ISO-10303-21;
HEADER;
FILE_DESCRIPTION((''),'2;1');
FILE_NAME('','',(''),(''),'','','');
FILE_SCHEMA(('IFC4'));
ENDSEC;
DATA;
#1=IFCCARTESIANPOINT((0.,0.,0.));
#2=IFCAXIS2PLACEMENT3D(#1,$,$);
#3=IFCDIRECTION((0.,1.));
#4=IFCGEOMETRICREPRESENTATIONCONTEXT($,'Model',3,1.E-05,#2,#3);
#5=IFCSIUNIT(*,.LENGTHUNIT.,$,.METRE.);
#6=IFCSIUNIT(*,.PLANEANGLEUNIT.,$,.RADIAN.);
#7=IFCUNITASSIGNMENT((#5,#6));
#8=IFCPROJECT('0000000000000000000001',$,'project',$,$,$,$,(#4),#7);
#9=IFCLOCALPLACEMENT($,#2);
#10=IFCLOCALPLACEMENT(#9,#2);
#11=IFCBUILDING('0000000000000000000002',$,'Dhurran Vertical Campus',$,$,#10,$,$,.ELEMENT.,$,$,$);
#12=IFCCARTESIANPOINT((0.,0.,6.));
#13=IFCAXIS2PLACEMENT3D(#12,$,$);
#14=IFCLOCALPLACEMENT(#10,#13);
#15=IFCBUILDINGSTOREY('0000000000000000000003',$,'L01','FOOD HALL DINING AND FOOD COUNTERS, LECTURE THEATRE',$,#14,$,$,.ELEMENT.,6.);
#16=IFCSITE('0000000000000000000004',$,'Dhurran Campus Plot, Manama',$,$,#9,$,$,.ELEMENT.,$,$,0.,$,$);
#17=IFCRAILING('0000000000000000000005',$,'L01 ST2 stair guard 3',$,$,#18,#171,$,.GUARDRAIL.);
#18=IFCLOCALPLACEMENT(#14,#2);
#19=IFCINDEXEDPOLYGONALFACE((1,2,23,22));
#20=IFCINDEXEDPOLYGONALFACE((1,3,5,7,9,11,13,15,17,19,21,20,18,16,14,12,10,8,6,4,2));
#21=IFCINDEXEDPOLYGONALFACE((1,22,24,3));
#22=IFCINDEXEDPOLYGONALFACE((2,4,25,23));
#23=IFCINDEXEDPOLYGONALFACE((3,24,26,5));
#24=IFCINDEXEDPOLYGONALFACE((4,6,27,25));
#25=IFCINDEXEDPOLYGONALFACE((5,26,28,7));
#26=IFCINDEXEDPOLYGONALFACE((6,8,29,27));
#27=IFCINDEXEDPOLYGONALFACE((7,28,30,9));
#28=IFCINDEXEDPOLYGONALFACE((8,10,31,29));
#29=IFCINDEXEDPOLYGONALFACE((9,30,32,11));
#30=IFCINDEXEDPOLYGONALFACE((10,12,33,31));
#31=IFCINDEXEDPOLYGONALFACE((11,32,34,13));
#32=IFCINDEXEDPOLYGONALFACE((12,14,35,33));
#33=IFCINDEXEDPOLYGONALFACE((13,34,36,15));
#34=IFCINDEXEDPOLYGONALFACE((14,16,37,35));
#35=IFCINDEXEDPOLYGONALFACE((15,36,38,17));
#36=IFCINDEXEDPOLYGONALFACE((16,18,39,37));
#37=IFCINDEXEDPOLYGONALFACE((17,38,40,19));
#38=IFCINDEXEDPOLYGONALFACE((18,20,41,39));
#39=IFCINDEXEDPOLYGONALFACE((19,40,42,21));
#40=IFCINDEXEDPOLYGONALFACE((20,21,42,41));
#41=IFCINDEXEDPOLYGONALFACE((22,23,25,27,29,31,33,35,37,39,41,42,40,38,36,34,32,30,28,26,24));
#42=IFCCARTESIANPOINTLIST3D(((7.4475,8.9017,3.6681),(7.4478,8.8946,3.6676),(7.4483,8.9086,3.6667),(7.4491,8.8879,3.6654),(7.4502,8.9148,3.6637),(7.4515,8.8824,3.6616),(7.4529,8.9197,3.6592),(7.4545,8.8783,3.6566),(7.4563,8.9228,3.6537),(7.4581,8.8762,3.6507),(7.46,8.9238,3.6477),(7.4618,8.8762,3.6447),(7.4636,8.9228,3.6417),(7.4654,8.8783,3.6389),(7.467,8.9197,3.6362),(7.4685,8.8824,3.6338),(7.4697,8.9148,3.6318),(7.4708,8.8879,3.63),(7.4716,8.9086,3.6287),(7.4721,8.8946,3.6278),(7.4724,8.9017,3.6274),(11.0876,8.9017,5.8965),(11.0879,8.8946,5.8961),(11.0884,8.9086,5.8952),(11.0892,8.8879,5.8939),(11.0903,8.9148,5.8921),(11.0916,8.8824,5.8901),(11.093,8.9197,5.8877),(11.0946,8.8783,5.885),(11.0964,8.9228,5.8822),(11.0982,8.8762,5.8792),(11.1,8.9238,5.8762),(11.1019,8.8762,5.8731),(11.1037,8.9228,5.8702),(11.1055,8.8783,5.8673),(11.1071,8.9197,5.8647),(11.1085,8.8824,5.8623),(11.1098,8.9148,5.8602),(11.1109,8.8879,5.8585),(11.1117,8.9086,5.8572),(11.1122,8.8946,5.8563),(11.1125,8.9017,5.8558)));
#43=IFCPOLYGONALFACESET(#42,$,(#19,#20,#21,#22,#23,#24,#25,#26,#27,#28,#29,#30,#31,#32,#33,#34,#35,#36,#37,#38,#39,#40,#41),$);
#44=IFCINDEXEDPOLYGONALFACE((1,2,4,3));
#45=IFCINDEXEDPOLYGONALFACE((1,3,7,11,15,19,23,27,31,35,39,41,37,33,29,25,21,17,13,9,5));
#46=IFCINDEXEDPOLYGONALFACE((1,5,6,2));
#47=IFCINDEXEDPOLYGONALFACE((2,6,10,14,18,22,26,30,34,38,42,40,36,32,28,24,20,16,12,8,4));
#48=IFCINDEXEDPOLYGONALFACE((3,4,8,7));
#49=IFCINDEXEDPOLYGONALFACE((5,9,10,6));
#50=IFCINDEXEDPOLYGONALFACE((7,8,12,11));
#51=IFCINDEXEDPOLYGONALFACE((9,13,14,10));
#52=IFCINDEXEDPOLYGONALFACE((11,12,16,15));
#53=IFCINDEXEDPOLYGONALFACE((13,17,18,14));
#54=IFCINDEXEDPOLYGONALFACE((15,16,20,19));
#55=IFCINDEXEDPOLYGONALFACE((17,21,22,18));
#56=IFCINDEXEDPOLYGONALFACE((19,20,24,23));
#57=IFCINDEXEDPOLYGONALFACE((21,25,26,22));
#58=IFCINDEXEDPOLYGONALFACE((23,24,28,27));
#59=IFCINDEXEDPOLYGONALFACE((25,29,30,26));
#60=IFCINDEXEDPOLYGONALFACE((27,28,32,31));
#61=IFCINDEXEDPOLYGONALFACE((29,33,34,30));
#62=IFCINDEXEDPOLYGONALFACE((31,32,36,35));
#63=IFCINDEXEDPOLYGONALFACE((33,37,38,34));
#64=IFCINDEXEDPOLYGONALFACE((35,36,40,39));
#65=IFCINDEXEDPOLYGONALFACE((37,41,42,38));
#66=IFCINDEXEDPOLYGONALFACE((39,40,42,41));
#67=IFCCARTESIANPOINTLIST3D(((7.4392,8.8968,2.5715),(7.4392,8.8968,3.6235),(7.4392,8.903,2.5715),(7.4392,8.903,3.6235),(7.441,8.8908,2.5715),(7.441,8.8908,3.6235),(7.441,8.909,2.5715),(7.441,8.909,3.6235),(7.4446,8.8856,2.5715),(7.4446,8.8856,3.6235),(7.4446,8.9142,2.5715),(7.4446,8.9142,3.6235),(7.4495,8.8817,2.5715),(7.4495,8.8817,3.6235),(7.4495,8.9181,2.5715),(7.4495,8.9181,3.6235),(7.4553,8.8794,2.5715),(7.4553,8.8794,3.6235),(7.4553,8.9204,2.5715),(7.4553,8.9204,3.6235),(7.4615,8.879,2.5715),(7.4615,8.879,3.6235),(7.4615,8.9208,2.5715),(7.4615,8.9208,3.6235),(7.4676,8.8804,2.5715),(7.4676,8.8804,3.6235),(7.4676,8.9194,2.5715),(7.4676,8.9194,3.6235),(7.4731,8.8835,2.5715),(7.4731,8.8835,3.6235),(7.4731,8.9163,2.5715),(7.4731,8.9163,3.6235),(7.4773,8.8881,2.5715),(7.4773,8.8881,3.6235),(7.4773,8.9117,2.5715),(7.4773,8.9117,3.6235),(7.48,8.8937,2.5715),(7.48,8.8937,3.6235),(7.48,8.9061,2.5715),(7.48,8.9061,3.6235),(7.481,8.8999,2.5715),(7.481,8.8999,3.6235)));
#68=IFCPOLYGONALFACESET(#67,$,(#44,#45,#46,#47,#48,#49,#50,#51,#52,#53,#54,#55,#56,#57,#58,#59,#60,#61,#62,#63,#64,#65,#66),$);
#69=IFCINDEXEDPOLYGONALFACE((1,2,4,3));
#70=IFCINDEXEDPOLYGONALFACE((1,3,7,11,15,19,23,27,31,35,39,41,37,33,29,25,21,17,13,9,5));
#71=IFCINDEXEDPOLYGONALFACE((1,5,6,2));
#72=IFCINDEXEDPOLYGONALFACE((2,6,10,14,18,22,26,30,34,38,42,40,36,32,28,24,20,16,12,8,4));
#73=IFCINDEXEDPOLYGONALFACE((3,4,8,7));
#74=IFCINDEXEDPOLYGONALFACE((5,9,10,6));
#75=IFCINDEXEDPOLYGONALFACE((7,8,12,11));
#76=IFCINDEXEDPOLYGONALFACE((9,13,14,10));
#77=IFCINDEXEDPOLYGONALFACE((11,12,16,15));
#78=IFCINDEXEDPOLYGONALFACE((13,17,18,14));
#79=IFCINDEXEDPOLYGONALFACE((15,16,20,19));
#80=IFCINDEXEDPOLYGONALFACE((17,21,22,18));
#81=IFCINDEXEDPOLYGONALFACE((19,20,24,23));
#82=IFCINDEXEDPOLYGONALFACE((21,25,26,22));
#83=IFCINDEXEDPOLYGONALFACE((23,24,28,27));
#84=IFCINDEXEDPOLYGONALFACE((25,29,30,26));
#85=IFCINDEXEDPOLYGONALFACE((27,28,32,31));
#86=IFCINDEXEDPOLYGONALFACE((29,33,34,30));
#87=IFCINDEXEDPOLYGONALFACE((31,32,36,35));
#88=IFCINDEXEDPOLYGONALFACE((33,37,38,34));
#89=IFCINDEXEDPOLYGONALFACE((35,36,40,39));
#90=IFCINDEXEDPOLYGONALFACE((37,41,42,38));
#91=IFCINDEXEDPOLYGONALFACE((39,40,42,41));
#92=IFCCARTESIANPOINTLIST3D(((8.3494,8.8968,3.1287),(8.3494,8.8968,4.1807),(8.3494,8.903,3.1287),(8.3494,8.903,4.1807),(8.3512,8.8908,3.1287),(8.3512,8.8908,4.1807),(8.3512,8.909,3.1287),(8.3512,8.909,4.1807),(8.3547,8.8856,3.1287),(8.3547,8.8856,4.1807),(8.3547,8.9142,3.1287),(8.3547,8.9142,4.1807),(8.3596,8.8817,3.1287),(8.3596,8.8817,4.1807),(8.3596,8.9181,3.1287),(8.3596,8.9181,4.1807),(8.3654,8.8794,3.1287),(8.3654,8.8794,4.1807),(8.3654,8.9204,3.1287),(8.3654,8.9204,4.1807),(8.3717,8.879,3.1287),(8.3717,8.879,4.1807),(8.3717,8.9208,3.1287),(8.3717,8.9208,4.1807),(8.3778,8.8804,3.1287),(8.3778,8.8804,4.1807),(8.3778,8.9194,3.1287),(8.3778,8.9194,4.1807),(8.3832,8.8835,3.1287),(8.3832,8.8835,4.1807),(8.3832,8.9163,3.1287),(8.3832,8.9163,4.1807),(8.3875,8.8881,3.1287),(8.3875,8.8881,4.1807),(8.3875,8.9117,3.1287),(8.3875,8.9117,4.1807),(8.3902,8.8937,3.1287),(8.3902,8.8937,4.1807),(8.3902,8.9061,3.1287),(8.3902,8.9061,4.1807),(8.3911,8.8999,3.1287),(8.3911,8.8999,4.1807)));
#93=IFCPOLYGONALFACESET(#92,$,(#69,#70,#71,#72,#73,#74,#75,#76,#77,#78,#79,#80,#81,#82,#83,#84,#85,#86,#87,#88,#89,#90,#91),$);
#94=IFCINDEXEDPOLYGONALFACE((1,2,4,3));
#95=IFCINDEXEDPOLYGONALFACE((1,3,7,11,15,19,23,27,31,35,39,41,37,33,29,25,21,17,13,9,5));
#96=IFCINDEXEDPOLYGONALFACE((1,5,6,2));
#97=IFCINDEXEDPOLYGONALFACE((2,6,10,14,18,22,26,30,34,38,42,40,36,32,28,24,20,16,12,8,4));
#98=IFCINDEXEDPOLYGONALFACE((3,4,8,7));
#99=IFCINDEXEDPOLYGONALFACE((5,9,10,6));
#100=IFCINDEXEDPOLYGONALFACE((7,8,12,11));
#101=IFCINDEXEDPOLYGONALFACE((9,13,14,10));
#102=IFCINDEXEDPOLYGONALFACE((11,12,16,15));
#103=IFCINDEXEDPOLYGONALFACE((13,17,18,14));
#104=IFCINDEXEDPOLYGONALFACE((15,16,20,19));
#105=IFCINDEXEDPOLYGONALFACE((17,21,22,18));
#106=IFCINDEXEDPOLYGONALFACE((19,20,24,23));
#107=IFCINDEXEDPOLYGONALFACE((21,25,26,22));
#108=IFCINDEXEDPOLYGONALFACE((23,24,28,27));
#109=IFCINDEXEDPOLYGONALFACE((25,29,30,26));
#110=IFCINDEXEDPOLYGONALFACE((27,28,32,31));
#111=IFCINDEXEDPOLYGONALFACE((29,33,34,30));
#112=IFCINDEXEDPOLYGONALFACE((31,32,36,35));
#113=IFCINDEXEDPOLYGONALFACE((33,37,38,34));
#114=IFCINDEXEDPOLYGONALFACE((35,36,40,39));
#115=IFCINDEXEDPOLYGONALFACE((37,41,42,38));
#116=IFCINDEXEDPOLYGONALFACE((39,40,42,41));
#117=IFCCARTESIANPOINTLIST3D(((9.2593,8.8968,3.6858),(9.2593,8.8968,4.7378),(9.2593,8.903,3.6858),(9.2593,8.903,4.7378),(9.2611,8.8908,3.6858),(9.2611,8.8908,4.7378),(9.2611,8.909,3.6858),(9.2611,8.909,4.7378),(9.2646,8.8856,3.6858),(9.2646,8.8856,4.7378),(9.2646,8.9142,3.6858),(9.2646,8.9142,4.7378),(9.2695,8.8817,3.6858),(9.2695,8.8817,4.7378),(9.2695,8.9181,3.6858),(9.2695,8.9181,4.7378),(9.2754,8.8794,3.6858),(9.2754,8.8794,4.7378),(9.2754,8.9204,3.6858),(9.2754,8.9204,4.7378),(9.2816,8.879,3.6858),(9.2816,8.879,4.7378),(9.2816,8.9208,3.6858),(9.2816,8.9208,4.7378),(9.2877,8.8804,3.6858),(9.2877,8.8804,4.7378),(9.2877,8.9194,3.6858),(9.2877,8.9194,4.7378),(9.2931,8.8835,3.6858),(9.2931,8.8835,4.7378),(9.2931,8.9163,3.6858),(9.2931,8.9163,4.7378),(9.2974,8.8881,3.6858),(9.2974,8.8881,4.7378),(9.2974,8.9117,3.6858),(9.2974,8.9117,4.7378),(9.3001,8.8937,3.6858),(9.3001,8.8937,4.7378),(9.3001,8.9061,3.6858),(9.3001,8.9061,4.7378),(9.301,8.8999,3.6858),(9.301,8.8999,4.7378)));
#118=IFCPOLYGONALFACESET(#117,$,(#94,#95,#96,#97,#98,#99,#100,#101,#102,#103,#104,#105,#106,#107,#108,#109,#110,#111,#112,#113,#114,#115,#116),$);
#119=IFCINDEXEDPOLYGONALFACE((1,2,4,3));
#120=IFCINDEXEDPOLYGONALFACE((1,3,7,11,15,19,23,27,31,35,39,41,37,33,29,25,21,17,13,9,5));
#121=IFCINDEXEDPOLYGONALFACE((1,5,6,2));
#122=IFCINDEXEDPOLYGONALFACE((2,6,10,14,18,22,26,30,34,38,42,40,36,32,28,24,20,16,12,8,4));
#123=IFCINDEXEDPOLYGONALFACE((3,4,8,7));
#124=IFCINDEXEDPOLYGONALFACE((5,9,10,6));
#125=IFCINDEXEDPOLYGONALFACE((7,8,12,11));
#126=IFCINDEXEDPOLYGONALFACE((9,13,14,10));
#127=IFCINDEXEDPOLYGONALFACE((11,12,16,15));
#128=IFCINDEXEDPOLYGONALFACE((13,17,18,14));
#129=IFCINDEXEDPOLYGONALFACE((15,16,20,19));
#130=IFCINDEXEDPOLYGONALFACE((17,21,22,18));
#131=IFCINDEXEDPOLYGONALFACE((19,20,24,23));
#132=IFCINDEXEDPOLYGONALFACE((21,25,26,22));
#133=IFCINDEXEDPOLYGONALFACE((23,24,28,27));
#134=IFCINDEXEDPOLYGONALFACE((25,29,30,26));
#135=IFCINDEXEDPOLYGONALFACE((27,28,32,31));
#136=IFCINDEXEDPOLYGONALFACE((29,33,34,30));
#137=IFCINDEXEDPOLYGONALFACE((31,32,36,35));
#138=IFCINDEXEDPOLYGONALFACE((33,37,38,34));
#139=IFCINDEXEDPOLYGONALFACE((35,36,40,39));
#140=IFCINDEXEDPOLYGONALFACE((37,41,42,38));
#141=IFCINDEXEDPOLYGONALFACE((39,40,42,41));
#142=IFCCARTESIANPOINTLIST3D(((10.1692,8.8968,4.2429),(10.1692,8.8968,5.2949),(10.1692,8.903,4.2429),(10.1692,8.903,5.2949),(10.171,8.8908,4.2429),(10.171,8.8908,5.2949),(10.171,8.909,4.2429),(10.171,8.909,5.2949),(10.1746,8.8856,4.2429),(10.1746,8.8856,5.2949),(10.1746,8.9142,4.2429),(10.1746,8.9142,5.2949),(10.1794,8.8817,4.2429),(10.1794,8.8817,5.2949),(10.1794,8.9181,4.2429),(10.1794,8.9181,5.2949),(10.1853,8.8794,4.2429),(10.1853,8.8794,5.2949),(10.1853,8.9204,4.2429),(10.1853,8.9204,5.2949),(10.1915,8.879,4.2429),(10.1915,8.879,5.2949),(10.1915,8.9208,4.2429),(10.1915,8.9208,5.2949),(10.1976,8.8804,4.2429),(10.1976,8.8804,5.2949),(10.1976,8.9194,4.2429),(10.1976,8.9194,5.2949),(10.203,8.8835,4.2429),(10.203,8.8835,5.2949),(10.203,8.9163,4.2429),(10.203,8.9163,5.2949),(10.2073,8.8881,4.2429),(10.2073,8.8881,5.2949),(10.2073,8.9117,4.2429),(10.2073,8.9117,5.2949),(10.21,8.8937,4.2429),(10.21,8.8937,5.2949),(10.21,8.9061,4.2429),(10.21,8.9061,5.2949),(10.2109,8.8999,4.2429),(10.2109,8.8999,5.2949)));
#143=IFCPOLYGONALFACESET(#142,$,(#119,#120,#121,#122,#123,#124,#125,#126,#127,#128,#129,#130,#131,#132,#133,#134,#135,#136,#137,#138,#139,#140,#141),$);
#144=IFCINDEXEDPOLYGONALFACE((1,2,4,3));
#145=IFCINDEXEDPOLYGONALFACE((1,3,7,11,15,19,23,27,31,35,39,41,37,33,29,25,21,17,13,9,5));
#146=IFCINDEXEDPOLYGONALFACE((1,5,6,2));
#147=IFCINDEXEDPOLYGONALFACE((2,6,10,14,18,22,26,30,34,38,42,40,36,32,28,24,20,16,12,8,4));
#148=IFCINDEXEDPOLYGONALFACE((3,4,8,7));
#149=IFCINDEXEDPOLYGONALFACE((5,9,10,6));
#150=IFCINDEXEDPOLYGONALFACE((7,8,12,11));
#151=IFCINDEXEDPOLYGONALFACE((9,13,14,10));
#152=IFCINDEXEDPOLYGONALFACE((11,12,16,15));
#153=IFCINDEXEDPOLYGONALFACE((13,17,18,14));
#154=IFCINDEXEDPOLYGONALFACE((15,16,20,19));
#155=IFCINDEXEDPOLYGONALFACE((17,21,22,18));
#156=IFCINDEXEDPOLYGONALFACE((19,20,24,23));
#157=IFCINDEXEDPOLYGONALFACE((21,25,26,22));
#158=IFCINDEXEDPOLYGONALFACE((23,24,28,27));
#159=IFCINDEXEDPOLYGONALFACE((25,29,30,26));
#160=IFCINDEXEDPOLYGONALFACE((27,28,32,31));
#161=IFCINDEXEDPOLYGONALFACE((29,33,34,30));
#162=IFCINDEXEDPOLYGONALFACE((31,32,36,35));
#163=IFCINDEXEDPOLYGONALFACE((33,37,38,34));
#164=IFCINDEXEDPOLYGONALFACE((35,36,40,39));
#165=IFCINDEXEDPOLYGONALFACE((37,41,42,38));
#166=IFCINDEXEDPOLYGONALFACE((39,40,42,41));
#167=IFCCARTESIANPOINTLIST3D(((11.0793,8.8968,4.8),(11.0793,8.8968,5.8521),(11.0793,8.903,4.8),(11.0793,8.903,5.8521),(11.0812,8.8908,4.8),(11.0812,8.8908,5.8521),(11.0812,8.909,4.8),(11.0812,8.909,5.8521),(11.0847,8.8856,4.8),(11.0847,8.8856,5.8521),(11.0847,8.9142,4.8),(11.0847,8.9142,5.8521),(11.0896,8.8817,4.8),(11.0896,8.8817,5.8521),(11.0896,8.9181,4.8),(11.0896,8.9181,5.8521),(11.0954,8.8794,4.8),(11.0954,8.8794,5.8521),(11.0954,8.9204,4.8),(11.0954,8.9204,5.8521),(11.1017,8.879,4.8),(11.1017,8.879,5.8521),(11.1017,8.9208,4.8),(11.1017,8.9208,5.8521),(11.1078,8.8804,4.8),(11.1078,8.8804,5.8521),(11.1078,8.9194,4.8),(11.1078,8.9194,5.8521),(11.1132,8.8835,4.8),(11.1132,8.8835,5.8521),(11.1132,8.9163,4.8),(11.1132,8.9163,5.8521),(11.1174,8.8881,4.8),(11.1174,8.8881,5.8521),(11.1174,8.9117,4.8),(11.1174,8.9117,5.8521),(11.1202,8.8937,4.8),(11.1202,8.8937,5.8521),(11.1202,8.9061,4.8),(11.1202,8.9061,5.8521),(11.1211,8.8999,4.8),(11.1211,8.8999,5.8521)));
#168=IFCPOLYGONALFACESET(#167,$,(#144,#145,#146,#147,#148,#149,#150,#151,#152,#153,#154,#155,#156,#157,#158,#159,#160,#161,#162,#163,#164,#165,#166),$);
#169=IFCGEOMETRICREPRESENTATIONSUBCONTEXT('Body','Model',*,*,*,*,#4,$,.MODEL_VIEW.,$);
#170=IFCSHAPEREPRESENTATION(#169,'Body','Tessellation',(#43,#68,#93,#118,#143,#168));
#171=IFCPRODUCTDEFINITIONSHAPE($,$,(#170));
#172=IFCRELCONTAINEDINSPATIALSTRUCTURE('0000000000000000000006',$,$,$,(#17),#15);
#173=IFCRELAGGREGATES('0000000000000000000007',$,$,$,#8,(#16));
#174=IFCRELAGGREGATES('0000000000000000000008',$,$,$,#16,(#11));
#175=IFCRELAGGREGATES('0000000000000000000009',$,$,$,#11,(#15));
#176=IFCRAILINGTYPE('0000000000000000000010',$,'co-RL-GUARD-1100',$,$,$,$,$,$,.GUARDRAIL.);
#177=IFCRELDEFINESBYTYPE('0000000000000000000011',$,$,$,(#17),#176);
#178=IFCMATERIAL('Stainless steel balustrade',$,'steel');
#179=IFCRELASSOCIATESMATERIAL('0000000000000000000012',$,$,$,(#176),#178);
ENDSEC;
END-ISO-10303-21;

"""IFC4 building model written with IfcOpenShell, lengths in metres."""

from ifc_helpers import new_model, si_unit, direction, frame, origin, origin_2d, place, context, subcontext, project, spatial, circle, extrude, material, type_object, element, save


model = new_model("IFC4")

# Units and contexts
model_context = context("Model", 3, precision=1e-05, world=origin(), true_north=direction((0.0, 1.0)))
body_context = subcontext(model_context, "Body", "Model", "MODEL_VIEW")
ifc_project = project(units=[si_unit("LENGTHUNIT", "METRE"), si_unit("PLANEANGLEUNIT", "RADIAN")], contexts=[model_context])

# Site, building, storey
site_placement = place(None, origin())
site = spatial("IfcSite", under=ifc_project, at=site_placement, Name="Dhurran Campus Plot, Manama", CompositionType="ELEMENT", RefElevation=0.0)
building_placement = place(site_placement, origin())
building = spatial("IfcBuilding", under=site, at=building_placement, Name="Dhurran Vertical Campus", CompositionType="ELEMENT")
storey_placement = place(building_placement, frame((0.0, 0.0, 6.0)))
storey = spatial("IfcBuildingStorey", under=building, at=storey_placement, Name="L01", Description="FOOD HALL DINING AND FOOD COUNTERS, LECTURE THEATRE", CompositionType="ELEMENT", Elevation=6.0)

# Railing
ifc_material_1 = material(Name="Stainless steel balustrade", Category="steel")
railing_type_1 = type_object("IfcRailingType", Name="co-RL-GUARD-1100", PredefinedType="GUARDRAIL", material=ifc_material_1)
railing_1_placement = place(storey_placement, frame((7.46, 8.8999, 2.5715)))
element("IfcRailing", 1, at=railing_1_placement, inside=storey, type_object=railing_type_1, Name="L01 ST2 stair guard 3", PredefinedType="GUARDRAIL", context=body_context, shape_type="SweptSolid", body=[
    extrude(circle(Radius=0.0239, at=origin_2d()), frame((0.0, 0.0, 1.0762), z_axis=(0.852866, 0.0, 0.52213), x_axis=(0.0, 1.0, 0.0)), (0.0, 0.0, 1.0), 4.2681),
    extrude(circle(Radius=0.021, at=origin_2d()), origin(), (0.0, 0.0, 1.0), 1.052),
    extrude(circle(Radius=0.021, at=origin_2d()), frame((0.9102, 0.0, 0.5571)), (0.0, 0.0, 1.0), 1.052),
    extrude(circle(Radius=0.021, at=origin_2d()), frame((1.8201, 0.0, 1.1143)), (0.0, 0.0, 1.0), 1.052),
    extrude(circle(Radius=0.021, at=origin_2d()), frame((2.73, 0.0, 1.6714)), (0.0, 0.0, 1.0), 1.052),
    extrude(circle(Radius=0.021, at=origin_2d()), frame((3.6401, 0.0, 2.2285)), (0.0, 0.0, 1.0), 1.052),
])

save(model, "model.ifc")
